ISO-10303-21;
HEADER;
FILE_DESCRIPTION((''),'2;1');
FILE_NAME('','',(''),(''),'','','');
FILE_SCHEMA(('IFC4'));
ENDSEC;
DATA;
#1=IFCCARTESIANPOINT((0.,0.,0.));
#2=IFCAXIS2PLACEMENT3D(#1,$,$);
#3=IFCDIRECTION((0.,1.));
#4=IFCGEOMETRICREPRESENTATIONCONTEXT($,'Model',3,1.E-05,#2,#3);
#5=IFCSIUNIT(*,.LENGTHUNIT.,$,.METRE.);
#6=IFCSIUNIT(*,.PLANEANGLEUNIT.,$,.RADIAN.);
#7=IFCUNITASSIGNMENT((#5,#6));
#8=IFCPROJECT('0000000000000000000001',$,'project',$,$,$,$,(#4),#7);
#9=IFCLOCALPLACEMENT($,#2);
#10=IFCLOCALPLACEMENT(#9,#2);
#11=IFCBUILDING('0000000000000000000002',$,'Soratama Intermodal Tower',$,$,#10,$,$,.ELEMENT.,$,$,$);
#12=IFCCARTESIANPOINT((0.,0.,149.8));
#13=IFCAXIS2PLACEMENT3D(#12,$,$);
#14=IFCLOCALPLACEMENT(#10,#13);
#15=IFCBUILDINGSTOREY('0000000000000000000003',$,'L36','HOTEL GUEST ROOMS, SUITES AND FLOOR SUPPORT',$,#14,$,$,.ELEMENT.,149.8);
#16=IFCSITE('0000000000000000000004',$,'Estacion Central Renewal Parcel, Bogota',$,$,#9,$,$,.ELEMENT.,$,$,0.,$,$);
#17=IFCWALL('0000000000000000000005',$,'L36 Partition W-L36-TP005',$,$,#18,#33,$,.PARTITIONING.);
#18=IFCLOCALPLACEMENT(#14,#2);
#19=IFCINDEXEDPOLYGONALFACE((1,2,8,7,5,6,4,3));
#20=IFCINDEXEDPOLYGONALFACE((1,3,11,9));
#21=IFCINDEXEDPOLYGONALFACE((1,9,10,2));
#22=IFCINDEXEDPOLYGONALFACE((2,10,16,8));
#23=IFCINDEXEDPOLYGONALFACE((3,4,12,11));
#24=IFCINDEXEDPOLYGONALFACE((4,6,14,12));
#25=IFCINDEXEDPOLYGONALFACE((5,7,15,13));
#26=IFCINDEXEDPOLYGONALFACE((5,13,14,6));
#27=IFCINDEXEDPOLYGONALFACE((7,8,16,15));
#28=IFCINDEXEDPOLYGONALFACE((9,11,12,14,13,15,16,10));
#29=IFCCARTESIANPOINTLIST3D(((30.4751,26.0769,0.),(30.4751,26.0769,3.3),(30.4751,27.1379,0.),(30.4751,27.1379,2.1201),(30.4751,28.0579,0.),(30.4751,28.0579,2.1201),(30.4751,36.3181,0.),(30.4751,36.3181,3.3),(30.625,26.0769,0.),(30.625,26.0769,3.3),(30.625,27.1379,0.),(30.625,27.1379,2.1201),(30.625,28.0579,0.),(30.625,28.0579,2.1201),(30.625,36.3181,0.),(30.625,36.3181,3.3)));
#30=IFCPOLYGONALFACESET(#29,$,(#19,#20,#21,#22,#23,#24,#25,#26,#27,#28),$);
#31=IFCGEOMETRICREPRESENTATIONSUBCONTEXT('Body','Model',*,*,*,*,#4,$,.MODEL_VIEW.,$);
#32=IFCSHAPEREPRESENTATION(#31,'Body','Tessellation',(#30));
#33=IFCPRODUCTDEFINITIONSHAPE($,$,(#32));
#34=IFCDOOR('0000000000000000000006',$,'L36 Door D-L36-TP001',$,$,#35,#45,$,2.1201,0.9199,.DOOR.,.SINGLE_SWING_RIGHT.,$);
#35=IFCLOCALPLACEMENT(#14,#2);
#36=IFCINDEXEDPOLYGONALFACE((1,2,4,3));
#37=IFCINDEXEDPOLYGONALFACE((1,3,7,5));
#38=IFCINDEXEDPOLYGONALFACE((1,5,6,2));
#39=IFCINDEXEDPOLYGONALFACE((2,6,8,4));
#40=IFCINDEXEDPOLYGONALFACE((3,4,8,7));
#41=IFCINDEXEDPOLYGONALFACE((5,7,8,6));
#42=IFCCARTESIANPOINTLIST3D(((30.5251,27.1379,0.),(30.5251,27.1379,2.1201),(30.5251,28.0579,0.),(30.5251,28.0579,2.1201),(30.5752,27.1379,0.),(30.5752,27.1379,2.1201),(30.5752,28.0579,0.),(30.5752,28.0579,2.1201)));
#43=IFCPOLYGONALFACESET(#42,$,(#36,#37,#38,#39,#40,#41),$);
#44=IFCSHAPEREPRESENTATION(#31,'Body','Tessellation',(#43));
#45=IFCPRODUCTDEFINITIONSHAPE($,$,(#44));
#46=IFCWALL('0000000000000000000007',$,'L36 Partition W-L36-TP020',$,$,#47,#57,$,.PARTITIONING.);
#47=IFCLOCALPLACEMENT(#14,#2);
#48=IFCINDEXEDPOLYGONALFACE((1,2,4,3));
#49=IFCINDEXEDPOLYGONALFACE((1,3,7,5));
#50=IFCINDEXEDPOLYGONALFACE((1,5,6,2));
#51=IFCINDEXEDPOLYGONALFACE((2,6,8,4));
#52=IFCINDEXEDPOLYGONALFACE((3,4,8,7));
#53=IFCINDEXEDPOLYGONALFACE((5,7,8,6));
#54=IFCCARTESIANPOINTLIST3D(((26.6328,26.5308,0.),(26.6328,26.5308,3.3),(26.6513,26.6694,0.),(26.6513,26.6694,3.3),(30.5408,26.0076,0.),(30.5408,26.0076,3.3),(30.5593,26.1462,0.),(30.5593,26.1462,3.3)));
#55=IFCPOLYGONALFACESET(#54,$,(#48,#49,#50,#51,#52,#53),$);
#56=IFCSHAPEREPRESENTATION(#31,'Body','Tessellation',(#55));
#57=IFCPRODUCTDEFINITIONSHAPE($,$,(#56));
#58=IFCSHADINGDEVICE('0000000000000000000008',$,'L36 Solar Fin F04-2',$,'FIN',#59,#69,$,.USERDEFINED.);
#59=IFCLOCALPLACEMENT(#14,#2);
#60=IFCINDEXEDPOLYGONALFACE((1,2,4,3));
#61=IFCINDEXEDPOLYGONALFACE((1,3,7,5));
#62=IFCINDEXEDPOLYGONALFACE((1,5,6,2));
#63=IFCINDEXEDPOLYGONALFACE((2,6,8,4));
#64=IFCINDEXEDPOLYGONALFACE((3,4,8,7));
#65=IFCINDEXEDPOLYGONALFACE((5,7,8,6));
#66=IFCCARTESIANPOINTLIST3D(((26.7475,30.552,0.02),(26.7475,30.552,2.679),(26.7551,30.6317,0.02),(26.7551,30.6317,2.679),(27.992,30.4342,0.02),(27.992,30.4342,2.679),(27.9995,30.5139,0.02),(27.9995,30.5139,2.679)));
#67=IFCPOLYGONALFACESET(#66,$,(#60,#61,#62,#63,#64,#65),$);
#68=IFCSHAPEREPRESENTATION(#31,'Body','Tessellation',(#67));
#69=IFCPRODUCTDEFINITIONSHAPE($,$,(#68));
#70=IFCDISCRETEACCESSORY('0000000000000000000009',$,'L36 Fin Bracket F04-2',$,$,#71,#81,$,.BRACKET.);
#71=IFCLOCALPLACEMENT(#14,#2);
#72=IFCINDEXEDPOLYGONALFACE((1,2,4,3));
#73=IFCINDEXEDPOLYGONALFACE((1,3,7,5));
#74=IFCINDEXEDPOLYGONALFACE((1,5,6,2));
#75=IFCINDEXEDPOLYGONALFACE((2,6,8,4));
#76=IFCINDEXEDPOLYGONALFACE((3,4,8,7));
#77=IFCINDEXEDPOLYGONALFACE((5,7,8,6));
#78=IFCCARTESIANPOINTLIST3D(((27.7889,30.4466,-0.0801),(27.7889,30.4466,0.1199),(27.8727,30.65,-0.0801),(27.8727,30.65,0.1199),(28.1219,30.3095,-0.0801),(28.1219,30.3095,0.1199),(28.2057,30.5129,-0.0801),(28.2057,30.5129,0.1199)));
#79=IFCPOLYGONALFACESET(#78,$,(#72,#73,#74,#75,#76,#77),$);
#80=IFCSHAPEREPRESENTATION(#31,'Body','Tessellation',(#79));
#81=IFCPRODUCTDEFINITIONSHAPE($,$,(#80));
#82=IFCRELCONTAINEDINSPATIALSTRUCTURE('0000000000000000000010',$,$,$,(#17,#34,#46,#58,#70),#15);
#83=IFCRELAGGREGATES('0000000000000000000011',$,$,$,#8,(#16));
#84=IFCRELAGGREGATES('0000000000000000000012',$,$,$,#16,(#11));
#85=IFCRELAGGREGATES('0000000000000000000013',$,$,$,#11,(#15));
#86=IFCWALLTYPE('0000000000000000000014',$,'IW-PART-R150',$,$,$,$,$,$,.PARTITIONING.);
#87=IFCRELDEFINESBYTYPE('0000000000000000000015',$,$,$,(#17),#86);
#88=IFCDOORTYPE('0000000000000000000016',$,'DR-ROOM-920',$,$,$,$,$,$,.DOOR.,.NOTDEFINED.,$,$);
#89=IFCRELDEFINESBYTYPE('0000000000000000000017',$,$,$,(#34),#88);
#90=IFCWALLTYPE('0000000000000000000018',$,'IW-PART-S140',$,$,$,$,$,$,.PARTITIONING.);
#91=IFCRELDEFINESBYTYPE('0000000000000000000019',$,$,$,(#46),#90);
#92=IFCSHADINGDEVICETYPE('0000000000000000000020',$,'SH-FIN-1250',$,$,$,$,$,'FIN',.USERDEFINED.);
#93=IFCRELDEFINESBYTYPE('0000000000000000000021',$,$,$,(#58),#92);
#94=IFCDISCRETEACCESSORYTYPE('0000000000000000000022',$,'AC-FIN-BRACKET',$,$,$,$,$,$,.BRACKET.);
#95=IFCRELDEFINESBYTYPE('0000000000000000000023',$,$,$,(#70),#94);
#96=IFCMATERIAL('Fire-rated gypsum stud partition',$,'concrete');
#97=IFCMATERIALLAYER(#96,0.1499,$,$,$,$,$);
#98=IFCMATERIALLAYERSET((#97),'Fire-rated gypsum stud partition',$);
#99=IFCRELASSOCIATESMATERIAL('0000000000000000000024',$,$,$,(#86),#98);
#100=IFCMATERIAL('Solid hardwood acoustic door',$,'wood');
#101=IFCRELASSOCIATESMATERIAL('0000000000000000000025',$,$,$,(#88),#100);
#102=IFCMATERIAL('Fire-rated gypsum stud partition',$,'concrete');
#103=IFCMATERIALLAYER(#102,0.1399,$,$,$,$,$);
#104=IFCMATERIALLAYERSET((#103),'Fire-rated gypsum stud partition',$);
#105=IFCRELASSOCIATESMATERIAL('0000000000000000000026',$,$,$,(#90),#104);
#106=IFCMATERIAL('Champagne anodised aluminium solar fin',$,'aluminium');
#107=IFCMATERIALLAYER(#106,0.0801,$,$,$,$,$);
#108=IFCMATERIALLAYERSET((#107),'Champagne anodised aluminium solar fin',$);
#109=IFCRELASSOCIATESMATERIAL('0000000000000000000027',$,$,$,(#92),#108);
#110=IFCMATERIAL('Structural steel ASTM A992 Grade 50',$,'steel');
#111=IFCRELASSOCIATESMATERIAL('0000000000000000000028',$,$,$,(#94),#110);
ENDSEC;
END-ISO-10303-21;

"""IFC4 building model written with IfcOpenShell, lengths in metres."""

from ifc_helpers import new_model, si_unit, direction, frame, frame_2d, origin, origin_2d, place, context, subcontext, project, spatial, rectangle, extrude, material, layer, layer_set, type_object, element, fill, save


model = new_model("IFC4")

# Units and contexts
model_context = context("Model", 3, precision=1e-05, world=origin(), true_north=direction((0.0, 1.0)))
body_context = subcontext(model_context, "Body", "Model", "MODEL_VIEW")
ifc_project = project(units=[si_unit("LENGTHUNIT", "METRE"), si_unit("PLANEANGLEUNIT", "RADIAN")], contexts=[model_context])

# Site, building, storey
site_placement = place(None, origin())
site = spatial("IfcSite", under=ifc_project, at=site_placement, Name="Estacion Central Renewal Parcel, Bogota", CompositionType="ELEMENT", RefElevation=0.0)
building_placement = place(site_placement, origin())
building = spatial("IfcBuilding", under=site, at=building_placement, Name="Soratama Intermodal Tower", CompositionType="ELEMENT")
storey_placement = place(building_placement, frame((0.0, 0.0, 149.8)))
storey = spatial("IfcBuildingStorey", under=building, at=storey_placement, Name="L36", Description="HOTEL GUEST ROOMS, SUITES AND FLOOR SUPPORT", CompositionType="ELEMENT", Elevation=149.8)

# Wall, opening, door
ifc_material_1 = material(Name="Fire-rated gypsum stud partition", Category="concrete")
ifc_layer_1 = layer(ifc_material_1, 0.1499)
ifc_layer_set_1 = layer_set([ifc_layer_1], Name="Fire-rated gypsum stud partition")
wall_type_1 = type_object("IfcWallType", Name="IW-PART-R150", PredefinedType="PARTITIONING", material=ifc_layer_set_1)
wall_1_placement = place(storey_placement, frame((30.55, 26.0769, 0.0), z_axis=(0.0, 0.0, 1.0), x_axis=(0.0, 1.0, 0.0)))
wall_1 = element("IfcWall", 1, at=wall_1_placement, inside=storey, type_object=wall_type_1, Name="L36 Partition W-L36-TP005", PredefinedType="PARTITIONING", context=body_context, shape_type="SweptSolid", body=[
    extrude(rectangle(XDim=10.2412, YDim=0.1499, at=frame_2d((5.1206, 0.0))), origin(), (0.0, 0.0, 1.0), 3.3),
])
opening_1_placement = place(wall_1_placement, frame((1.061, 0.0, 0.0)))
opening_1 = element("IfcOpeningElement", 2, at=opening_1_placement, cuts=wall_1, PredefinedType="OPENING", context=body_context, shape_type="SweptSolid", body=[
    extrude(rectangle(XDim=0.9199, YDim=2.1201, at=frame_2d((0.46, 1.0601))), frame((0.0, 0.085, 0.0), z_axis=(0.0, -1.0, 0.0), x_axis=(1.0, 0.0, 0.0)), (0.0, 0.0, 1.0), 0.1699),
])
ifc_material_2 = material(Name="Solid hardwood acoustic door", Category="wood")
door_type_1 = type_object("IfcDoorType", Name="DR-ROOM-920", OperationType="NOTDEFINED", PredefinedType="DOOR", material=ifc_material_2)
door_1_placement = place(opening_1_placement, origin())
door_1 = element("IfcDoor", 3, at=door_1_placement, inside=storey, type_object=door_type_1, Name="L36 Door D-L36-TP001", OperationType="SINGLE_SWING_RIGHT", OverallHeight=2.1201, OverallWidth=0.9199, PredefinedType="DOOR", context=body_context, shape_type="SweptSolid", body=[
    extrude(rectangle(XDim=0.9199, YDim=2.1201, at=frame_2d((0.46, 1.0601))), frame((0.0, 0.0249, 0.0), z_axis=(0.0, -1.0, 0.0), x_axis=(1.0, 0.0, 0.0)), (0.0, 0.0, 1.0), 0.05),
])
fill(opening_1, door_1)

# Wall
ifc_material_3 = material(Name="Fire-rated gypsum stud partition", Category="concrete")
ifc_layer_2 = layer(ifc_material_3, 0.1399)
ifc_layer_set_2 = layer_set([ifc_layer_2], Name="Fire-rated gypsum stud partition")
wall_type_2 = type_object("IfcWallType", Name="IW-PART-S140", PredefinedType="PARTITIONING", material=ifc_layer_set_2)
wall_2_placement = place(storey_placement, frame((30.55, 26.0769, 0.0), z_axis=(0.0, 0.0, 1.0), x_axis=(-0.991157, 0.132695, 0.0)))
element("IfcWall", 4, at=wall_2_placement, inside=storey, type_object=wall_type_2, Name="L36 Partition W-L36-TP020", PredefinedType="PARTITIONING", context=body_context, shape_type="SweptSolid", body=[
    extrude(rectangle(XDim=3.9429, YDim=0.1399, at=frame_2d((1.9714, 0.0))), origin(), (0.0, 0.0, 1.0), 3.3),
])

# Shading device
ifc_material_4 = material(Name="Champagne anodised aluminium solar fin", Category="aluminium")
ifc_layer_3 = layer(ifc_material_4, 0.0801)
ifc_layer_set_3 = layer_set([ifc_layer_3], Name="Champagne anodised aluminium solar fin")
shading_device_type = type_object("IfcShadingDeviceType", Name="SH-FIN-1250", ElementType="FIN", PredefinedType="USERDEFINED", material=ifc_layer_set_3)
shading_device_placement = place(storey_placement, frame((27.3735, 30.533, 0.02), z_axis=(0.0, 0.0, 1.0), x_axis=(-0.995546, 0.094282, 0.0)))
element("IfcShadingDevice", 5, at=shading_device_placement, inside=storey, type_object=shading_device_type, Name="L36 Solar Fin F04-2", ObjectType="FIN", PredefinedType="USERDEFINED", context=body_context, shape_type="SweptSolid", body=[
    extrude(rectangle(XDim=1.25, YDim=0.0801, at=origin_2d()), origin(), (0.0, 0.0, 1.0), 2.6589),
])

# Discrete accessory
ifc_material_5 = material(Name="Structural steel ASTM A992 Grade 50", Category="steel")
discrete_accessory_type = type_object("IfcDiscreteAccessoryType", Name="AC-FIN-BRACKET", PredefinedType="BRACKET", material=ifc_material_5)
discrete_accessory_placement = place(storey_placement, frame((27.9973, 30.4797, -0.0801), z_axis=(0.0, 0.0, 1.0), x_axis=(-0.924679, 0.380748, 0.0)))
element("IfcDiscreteAccessory", 6, at=discrete_accessory_placement, inside=storey, type_object=discrete_accessory_type, Name="L36 Fin Bracket F04-2", PredefinedType="BRACKET", context=body_context, shape_type="SweptSolid", body=[
    extrude(rectangle(XDim=0.3601, YDim=0.22, at=origin_2d()), origin(), (0.0, 0.0, 1.0), 0.2),
])

save(model, "model.ifc")
